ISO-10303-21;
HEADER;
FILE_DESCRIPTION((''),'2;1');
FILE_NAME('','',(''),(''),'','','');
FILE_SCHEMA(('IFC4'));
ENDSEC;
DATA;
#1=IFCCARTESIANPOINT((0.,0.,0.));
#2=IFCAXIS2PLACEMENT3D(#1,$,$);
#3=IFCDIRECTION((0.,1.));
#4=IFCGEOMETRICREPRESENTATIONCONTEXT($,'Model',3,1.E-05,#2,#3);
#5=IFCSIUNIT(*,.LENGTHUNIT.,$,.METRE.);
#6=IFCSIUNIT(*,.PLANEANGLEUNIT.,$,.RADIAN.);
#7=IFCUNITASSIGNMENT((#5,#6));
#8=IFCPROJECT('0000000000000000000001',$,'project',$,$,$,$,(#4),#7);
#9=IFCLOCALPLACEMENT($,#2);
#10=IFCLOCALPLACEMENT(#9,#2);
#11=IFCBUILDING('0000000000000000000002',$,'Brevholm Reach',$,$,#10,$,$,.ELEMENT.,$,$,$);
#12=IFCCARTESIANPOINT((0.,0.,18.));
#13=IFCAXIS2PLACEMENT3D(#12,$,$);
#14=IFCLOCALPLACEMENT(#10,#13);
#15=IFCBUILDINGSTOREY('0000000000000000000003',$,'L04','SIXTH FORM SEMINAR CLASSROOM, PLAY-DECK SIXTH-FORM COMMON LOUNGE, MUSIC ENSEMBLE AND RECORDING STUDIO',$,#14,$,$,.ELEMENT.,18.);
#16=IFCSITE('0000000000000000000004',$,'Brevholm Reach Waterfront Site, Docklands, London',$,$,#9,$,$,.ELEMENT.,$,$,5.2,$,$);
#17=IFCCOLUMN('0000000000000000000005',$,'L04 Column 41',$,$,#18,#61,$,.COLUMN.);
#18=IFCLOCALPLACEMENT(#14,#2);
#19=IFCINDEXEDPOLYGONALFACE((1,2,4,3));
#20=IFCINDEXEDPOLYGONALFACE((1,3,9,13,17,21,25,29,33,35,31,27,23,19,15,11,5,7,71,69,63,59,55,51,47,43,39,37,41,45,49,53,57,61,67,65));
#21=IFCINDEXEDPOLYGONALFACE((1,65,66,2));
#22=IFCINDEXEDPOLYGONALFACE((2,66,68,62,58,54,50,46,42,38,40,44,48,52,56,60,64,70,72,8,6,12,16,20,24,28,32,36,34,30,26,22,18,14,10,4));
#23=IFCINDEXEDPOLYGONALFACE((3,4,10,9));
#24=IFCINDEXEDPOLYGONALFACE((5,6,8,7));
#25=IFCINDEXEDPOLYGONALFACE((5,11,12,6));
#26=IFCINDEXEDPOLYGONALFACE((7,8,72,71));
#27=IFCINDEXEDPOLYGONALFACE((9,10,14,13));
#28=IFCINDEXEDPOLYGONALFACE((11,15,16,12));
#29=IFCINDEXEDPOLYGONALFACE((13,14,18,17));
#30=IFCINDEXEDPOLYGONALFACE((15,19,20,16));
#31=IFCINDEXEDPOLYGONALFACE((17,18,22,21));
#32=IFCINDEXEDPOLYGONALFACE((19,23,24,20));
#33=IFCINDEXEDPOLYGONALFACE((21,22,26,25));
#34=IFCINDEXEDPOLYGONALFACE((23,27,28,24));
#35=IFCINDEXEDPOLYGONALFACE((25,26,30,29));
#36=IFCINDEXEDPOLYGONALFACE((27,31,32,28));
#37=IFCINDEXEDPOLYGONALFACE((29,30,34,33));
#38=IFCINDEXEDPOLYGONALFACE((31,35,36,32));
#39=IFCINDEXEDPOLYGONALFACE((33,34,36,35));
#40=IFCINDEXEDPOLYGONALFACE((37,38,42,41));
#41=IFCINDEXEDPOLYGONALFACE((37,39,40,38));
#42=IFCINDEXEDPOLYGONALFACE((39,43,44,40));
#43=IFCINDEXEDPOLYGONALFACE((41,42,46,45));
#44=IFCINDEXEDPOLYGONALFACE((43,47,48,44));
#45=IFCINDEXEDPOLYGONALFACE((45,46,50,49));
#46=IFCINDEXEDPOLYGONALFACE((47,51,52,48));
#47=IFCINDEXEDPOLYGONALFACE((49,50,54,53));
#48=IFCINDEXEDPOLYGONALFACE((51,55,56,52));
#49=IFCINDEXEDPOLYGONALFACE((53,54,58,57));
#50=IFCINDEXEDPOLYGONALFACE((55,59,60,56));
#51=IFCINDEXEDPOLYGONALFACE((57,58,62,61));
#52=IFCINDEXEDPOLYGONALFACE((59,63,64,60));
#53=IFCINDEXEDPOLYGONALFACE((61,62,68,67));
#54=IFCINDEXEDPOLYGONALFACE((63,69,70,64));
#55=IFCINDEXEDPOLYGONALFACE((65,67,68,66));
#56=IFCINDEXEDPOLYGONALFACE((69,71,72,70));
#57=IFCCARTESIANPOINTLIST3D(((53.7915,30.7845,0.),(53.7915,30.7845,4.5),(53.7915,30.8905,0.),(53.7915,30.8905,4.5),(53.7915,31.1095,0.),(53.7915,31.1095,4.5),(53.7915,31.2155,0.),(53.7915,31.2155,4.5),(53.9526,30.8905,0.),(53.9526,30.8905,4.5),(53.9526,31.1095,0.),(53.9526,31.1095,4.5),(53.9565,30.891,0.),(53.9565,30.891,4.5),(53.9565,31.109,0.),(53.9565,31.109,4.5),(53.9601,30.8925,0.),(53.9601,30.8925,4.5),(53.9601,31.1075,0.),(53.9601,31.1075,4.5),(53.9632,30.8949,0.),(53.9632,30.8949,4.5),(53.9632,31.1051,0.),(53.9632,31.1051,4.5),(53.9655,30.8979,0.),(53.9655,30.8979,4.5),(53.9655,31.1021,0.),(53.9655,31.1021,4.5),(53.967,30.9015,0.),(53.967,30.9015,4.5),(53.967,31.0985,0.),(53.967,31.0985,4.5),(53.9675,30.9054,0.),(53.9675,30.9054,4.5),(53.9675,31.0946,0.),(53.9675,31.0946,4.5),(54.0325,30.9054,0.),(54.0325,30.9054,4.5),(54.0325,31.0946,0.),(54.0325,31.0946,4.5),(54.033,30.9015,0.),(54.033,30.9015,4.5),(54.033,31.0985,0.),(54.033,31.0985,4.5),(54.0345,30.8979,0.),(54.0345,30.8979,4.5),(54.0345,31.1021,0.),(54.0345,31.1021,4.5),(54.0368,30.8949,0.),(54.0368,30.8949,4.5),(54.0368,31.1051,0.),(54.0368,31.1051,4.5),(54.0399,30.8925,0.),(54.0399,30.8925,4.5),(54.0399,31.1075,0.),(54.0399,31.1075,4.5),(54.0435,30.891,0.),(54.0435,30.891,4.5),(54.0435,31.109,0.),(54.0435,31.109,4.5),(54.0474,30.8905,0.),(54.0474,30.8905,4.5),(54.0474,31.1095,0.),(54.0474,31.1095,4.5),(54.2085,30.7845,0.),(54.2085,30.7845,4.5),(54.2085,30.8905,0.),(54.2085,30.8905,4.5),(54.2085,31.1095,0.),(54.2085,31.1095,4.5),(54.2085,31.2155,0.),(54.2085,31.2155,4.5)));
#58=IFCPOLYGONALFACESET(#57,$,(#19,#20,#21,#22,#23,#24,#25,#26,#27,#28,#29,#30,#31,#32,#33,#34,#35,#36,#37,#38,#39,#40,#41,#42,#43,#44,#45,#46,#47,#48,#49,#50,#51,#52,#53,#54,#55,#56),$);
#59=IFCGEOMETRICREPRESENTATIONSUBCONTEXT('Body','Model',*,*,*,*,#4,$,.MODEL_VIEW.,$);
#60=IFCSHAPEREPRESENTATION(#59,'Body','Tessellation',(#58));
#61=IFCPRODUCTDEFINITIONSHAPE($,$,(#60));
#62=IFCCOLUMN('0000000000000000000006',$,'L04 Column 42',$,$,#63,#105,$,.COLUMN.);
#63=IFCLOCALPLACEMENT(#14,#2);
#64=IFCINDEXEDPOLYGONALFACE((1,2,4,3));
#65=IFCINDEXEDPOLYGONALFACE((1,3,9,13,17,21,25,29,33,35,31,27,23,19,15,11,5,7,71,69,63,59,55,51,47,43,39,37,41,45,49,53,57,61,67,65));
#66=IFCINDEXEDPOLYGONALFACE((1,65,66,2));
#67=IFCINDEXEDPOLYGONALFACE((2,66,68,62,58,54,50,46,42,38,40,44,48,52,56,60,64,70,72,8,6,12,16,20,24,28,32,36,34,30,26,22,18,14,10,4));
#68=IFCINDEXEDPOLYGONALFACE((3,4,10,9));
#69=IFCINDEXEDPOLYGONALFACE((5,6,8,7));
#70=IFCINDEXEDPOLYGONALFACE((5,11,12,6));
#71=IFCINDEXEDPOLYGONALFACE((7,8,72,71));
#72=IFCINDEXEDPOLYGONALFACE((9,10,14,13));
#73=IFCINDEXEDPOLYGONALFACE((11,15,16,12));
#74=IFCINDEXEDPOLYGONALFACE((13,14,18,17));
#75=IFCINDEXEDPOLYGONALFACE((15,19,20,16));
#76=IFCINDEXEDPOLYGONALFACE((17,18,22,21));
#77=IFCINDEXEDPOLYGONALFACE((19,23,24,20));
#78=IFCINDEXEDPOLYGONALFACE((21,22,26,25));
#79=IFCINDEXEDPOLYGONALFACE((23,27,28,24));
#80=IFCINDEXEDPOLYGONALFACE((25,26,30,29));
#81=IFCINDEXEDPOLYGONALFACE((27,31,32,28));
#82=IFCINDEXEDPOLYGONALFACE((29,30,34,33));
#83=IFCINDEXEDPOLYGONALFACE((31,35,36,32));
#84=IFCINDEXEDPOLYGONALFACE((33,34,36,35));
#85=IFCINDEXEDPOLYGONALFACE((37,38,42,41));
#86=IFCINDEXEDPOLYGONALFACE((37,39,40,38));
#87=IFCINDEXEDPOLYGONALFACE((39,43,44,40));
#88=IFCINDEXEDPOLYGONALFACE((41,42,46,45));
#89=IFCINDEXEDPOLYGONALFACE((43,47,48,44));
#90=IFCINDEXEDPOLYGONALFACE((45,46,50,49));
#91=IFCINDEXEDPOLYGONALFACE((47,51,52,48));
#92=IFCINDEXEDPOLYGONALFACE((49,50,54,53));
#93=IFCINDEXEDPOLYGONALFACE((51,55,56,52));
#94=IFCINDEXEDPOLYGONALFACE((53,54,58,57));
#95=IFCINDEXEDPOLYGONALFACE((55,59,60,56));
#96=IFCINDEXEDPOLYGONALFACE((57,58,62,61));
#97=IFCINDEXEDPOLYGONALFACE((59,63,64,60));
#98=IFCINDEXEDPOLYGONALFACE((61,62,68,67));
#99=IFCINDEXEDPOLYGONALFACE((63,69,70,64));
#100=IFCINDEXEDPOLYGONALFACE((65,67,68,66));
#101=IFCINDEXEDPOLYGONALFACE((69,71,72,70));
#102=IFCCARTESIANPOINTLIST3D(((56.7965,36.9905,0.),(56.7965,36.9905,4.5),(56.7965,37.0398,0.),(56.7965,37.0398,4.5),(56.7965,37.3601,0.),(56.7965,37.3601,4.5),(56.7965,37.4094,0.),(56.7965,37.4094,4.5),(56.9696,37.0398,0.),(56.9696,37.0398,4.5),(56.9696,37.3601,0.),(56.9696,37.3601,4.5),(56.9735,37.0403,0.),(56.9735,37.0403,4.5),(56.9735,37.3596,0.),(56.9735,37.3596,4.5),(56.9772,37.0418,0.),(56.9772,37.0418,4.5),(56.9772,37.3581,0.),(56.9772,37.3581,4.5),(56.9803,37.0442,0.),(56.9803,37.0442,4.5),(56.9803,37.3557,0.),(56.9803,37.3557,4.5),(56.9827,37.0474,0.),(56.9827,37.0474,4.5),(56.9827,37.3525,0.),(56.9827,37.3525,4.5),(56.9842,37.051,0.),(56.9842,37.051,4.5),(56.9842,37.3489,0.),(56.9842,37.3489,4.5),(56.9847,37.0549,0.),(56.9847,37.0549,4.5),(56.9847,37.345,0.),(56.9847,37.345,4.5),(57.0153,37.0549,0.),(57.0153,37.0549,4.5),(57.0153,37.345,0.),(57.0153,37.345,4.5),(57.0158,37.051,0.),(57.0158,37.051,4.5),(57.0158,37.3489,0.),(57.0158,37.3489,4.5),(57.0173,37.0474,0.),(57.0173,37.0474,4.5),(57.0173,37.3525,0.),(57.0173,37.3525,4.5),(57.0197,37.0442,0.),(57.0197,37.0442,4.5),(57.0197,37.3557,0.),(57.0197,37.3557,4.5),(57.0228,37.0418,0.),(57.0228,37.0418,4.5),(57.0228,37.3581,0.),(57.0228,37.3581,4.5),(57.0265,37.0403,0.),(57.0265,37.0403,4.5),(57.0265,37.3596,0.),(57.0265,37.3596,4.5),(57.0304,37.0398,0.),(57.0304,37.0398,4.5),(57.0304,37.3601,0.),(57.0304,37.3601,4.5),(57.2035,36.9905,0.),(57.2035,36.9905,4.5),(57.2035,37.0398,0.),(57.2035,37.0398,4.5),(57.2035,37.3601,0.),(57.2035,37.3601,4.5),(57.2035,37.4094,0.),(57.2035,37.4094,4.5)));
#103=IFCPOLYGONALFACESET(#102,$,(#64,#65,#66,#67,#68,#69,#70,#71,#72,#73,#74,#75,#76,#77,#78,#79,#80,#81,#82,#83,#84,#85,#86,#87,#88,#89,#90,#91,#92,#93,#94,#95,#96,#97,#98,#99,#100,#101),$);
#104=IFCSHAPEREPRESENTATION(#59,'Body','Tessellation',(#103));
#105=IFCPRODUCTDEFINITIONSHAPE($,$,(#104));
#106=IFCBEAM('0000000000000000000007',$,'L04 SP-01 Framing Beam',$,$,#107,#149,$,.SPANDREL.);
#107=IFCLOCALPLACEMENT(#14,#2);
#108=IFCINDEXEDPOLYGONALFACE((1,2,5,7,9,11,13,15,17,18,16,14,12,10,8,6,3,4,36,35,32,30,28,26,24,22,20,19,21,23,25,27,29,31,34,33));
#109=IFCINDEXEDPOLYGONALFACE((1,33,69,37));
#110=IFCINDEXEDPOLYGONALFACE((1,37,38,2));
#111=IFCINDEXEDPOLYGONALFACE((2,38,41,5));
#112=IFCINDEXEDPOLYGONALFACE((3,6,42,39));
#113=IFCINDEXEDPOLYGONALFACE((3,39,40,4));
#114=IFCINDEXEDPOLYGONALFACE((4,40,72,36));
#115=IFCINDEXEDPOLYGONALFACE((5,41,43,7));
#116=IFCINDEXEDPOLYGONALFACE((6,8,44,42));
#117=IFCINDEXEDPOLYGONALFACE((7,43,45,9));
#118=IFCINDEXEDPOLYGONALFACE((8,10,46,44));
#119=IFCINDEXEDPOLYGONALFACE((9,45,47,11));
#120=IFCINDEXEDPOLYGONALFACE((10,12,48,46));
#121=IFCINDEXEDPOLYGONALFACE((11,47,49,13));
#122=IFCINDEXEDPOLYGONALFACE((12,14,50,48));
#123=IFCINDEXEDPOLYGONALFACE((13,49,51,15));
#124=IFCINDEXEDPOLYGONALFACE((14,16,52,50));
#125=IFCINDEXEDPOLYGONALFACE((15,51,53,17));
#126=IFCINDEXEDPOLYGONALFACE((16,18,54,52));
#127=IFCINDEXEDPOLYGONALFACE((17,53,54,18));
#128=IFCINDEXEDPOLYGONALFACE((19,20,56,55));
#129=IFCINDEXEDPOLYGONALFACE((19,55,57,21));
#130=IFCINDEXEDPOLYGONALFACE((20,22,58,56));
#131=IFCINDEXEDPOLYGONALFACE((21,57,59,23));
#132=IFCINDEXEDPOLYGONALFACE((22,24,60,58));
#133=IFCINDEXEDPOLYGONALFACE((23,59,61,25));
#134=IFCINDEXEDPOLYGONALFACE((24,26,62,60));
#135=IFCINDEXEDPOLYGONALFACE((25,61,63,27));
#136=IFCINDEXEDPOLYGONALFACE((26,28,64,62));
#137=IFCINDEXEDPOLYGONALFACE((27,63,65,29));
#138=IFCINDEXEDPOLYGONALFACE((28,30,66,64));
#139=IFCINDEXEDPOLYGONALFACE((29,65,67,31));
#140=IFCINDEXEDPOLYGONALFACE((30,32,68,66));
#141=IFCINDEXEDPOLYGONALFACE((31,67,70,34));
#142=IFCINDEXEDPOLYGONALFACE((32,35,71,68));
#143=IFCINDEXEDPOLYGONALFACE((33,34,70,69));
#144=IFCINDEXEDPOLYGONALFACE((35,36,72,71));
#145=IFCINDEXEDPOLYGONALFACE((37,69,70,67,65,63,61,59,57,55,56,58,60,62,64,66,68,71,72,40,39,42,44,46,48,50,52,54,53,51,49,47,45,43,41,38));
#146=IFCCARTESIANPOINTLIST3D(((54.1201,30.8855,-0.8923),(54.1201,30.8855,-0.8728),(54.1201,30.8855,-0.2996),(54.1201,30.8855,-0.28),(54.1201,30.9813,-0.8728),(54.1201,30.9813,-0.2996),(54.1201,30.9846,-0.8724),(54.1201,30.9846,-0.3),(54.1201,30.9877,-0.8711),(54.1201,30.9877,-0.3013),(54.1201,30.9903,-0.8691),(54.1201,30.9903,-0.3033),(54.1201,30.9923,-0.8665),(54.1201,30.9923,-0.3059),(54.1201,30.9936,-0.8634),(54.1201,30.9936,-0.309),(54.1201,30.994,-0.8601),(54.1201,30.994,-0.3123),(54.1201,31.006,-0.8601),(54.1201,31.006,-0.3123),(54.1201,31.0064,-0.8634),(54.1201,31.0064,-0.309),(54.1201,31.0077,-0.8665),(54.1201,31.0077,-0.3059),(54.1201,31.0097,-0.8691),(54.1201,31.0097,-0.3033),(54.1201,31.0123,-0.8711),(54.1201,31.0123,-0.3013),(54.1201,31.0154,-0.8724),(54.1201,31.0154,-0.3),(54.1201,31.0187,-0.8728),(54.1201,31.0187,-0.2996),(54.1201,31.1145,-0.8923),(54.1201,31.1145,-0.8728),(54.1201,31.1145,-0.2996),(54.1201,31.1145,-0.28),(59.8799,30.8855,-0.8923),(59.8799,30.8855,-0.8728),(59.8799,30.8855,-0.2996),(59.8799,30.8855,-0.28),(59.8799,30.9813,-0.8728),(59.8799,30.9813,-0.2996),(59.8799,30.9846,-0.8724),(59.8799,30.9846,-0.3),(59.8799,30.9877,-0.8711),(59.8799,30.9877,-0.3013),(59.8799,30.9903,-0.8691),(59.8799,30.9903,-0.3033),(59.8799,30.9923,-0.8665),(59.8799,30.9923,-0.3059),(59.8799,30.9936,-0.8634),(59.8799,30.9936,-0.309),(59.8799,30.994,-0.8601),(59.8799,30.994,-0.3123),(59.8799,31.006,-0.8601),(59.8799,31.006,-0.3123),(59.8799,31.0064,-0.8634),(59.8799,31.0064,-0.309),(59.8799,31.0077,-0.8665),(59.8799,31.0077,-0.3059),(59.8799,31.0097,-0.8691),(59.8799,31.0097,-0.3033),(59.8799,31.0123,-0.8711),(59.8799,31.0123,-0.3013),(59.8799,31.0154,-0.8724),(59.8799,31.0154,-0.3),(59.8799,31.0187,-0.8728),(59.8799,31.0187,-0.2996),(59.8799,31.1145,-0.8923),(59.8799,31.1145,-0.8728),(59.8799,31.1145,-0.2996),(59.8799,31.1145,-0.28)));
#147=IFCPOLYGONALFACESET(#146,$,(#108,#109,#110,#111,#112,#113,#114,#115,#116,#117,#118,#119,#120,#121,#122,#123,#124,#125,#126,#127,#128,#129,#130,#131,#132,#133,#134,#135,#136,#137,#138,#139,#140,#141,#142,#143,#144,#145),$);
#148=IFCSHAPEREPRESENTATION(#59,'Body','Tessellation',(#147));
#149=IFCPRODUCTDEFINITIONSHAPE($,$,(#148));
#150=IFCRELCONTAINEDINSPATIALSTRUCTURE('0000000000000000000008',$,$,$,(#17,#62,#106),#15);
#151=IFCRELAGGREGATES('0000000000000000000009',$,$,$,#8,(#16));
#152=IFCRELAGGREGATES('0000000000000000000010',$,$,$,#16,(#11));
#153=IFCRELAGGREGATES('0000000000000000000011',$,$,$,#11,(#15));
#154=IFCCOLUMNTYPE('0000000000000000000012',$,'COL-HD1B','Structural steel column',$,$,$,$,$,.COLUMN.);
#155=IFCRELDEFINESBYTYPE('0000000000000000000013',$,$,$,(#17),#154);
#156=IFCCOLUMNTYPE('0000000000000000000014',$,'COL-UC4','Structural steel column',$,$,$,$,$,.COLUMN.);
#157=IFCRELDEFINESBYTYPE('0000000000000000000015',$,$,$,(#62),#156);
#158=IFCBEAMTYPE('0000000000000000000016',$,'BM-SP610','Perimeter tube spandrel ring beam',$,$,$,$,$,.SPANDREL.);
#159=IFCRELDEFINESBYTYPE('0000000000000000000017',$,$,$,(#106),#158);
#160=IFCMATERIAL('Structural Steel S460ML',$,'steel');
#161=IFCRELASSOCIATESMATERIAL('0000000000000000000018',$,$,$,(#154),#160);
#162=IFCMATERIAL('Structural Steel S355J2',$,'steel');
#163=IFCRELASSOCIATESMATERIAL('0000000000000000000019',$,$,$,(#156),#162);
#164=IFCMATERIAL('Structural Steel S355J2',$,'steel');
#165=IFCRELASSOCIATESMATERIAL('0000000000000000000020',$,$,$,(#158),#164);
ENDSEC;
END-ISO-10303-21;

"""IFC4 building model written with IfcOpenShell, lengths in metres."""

from ifc_helpers import new_model, si_unit, direction, frame, origin, origin_2d, place, context, subcontext, project, spatial, i_section, extrude, material, material_profile, profile_set, type_object, element, save


model = new_model("IFC4")

# Units and contexts
model_context = context("Model", 3, precision=1e-05, world=origin(), true_north=direction((0.0, 1.0)))
body_context = subcontext(model_context, "Body", "Model", "MODEL_VIEW")
ifc_project = project(units=[si_unit("LENGTHUNIT", "METRE"), si_unit("PLANEANGLEUNIT", "RADIAN")], contexts=[model_context])

# Site, building, storey
site_placement = place(None, origin())
site = spatial("IfcSite", under=ifc_project, at=site_placement, Name="Brevholm Reach Waterfront Site, Docklands, London", CompositionType="ELEMENT", RefElevation=5.2)
building_placement = place(site_placement, origin())
building = spatial("IfcBuilding", under=site, at=building_placement, Name="Brevholm Reach", CompositionType="ELEMENT")
storey_placement = place(building_placement, frame((0.0, 0.0, 18.0)))
storey = spatial("IfcBuildingStorey", under=building, at=storey_placement, Name="L04", Description="SIXTH FORM SEMINAR CLASSROOM, PLAY-DECK SIXTH-FORM COMMON LOUNGE, MUSIC ENSEMBLE AND RECORDING STUDIO", CompositionType="ELEMENT", Elevation=18.0)

# Columns
ifc_material_1 = material(Name="Structural Steel S460ML", Category="steel")
ifc_material_profile_1 = material_profile(ifc_material_1, i_section(OverallWidth=0.417, OverallDepth=0.4309, WebThickness=0.0649, FlangeThickness=0.106, FilletRadius=0.0149, at=origin_2d()), Name="HD 400x900")
ifc_profile_set_1 = profile_set([ifc_material_profile_1], Name="Structural Steel S460ML")
column_type_1 = type_object("IfcColumnType", Name="COL-HD1B", Description="Structural steel column", PredefinedType="COLUMN", material=ifc_profile_set_1)
column_1_placement = place(storey_placement, frame((54.0, 31.0, 0.0), z_axis=(0.0, 0.0, 1.0), x_axis=(1.0, 0.0, 0.0)))
element("IfcColumn", 1, at=column_1_placement, inside=storey, type_object=column_type_1, Name="L04 Column 41", PredefinedType="COLUMN", context=body_context, shape_type="SweptSolid", body=[
    extrude(i_section(OverallWidth=0.417, OverallDepth=0.4309, WebThickness=0.0649, FlangeThickness=0.106, FilletRadius=0.0149, at=origin_2d()), origin(), (0.0, 0.0, 1.0), 4.5),
])
ifc_material_2 = material(Name="Structural Steel S355J2", Category="steel")
ifc_material_profile_2 = material_profile(ifc_material_2, i_section(OverallWidth=0.407, OverallDepth=0.4189, WebThickness=0.0305, FlangeThickness=0.0493, FilletRadius=0.0151, at=origin_2d()), Name="UKC 356x406x393")
ifc_profile_set_2 = profile_set([ifc_material_profile_2], Name="Structural Steel S355J2")
column_type_2 = type_object("IfcColumnType", Name="COL-UC4", Description="Structural steel column", PredefinedType="COLUMN", material=ifc_profile_set_2)
column_2_placement = place(storey_placement, frame((57.0, 37.2, 0.0), z_axis=(0.0, 0.0, 1.0), x_axis=(1.0, 0.0, 0.0)))
element("IfcColumn", 2, at=column_2_placement, inside=storey, type_object=column_type_2, Name="L04 Column 42", PredefinedType="COLUMN", context=body_context, shape_type="SweptSolid", body=[
    extrude(i_section(OverallWidth=0.407, OverallDepth=0.4189, WebThickness=0.0305, FlangeThickness=0.0493, FilletRadius=0.0151, at=origin_2d()), origin(), (0.0, 0.0, 1.0), 4.5),
])

# Beam
ifc_material_3 = material(Name="Structural Steel S355J2", Category="steel")
ifc_material_profile_3 = material_profile(ifc_material_3, i_section(OverallWidth=0.229, OverallDepth=0.6123, WebThickness=0.012, FlangeThickness=0.0195, FilletRadius=0.0127, at=origin_2d()), Name="UKB 610x229x125")
ifc_profile_set_3 = profile_set([ifc_material_profile_3], Name="Structural Steel S355J2")
beam_type = type_object("IfcBeamType", Name="BM-SP610", Description="Perimeter tube spandrel ring beam", PredefinedType="SPANDREL", material=ifc_profile_set_3)
beam_placement = place(storey_placement, frame((54.1201, 31.0, -0.5862), z_axis=(1.0, 0.0, 0.0), x_axis=(0.0, 1.0, 0.0)))
element("IfcBeam", 3, at=beam_placement, inside=storey, type_object=beam_type, Name="L04 SP-01 Framing Beam", PredefinedType="SPANDREL", context=body_context, shape_type="SweptSolid", body=[
    extrude(i_section(OverallWidth=0.229, OverallDepth=0.6123, WebThickness=0.012, FlangeThickness=0.0195, FilletRadius=0.0127, at=origin_2d()), origin(), (0.0, 0.0, 1.0), 5.7598),
])

save(model, "model.ifc")
